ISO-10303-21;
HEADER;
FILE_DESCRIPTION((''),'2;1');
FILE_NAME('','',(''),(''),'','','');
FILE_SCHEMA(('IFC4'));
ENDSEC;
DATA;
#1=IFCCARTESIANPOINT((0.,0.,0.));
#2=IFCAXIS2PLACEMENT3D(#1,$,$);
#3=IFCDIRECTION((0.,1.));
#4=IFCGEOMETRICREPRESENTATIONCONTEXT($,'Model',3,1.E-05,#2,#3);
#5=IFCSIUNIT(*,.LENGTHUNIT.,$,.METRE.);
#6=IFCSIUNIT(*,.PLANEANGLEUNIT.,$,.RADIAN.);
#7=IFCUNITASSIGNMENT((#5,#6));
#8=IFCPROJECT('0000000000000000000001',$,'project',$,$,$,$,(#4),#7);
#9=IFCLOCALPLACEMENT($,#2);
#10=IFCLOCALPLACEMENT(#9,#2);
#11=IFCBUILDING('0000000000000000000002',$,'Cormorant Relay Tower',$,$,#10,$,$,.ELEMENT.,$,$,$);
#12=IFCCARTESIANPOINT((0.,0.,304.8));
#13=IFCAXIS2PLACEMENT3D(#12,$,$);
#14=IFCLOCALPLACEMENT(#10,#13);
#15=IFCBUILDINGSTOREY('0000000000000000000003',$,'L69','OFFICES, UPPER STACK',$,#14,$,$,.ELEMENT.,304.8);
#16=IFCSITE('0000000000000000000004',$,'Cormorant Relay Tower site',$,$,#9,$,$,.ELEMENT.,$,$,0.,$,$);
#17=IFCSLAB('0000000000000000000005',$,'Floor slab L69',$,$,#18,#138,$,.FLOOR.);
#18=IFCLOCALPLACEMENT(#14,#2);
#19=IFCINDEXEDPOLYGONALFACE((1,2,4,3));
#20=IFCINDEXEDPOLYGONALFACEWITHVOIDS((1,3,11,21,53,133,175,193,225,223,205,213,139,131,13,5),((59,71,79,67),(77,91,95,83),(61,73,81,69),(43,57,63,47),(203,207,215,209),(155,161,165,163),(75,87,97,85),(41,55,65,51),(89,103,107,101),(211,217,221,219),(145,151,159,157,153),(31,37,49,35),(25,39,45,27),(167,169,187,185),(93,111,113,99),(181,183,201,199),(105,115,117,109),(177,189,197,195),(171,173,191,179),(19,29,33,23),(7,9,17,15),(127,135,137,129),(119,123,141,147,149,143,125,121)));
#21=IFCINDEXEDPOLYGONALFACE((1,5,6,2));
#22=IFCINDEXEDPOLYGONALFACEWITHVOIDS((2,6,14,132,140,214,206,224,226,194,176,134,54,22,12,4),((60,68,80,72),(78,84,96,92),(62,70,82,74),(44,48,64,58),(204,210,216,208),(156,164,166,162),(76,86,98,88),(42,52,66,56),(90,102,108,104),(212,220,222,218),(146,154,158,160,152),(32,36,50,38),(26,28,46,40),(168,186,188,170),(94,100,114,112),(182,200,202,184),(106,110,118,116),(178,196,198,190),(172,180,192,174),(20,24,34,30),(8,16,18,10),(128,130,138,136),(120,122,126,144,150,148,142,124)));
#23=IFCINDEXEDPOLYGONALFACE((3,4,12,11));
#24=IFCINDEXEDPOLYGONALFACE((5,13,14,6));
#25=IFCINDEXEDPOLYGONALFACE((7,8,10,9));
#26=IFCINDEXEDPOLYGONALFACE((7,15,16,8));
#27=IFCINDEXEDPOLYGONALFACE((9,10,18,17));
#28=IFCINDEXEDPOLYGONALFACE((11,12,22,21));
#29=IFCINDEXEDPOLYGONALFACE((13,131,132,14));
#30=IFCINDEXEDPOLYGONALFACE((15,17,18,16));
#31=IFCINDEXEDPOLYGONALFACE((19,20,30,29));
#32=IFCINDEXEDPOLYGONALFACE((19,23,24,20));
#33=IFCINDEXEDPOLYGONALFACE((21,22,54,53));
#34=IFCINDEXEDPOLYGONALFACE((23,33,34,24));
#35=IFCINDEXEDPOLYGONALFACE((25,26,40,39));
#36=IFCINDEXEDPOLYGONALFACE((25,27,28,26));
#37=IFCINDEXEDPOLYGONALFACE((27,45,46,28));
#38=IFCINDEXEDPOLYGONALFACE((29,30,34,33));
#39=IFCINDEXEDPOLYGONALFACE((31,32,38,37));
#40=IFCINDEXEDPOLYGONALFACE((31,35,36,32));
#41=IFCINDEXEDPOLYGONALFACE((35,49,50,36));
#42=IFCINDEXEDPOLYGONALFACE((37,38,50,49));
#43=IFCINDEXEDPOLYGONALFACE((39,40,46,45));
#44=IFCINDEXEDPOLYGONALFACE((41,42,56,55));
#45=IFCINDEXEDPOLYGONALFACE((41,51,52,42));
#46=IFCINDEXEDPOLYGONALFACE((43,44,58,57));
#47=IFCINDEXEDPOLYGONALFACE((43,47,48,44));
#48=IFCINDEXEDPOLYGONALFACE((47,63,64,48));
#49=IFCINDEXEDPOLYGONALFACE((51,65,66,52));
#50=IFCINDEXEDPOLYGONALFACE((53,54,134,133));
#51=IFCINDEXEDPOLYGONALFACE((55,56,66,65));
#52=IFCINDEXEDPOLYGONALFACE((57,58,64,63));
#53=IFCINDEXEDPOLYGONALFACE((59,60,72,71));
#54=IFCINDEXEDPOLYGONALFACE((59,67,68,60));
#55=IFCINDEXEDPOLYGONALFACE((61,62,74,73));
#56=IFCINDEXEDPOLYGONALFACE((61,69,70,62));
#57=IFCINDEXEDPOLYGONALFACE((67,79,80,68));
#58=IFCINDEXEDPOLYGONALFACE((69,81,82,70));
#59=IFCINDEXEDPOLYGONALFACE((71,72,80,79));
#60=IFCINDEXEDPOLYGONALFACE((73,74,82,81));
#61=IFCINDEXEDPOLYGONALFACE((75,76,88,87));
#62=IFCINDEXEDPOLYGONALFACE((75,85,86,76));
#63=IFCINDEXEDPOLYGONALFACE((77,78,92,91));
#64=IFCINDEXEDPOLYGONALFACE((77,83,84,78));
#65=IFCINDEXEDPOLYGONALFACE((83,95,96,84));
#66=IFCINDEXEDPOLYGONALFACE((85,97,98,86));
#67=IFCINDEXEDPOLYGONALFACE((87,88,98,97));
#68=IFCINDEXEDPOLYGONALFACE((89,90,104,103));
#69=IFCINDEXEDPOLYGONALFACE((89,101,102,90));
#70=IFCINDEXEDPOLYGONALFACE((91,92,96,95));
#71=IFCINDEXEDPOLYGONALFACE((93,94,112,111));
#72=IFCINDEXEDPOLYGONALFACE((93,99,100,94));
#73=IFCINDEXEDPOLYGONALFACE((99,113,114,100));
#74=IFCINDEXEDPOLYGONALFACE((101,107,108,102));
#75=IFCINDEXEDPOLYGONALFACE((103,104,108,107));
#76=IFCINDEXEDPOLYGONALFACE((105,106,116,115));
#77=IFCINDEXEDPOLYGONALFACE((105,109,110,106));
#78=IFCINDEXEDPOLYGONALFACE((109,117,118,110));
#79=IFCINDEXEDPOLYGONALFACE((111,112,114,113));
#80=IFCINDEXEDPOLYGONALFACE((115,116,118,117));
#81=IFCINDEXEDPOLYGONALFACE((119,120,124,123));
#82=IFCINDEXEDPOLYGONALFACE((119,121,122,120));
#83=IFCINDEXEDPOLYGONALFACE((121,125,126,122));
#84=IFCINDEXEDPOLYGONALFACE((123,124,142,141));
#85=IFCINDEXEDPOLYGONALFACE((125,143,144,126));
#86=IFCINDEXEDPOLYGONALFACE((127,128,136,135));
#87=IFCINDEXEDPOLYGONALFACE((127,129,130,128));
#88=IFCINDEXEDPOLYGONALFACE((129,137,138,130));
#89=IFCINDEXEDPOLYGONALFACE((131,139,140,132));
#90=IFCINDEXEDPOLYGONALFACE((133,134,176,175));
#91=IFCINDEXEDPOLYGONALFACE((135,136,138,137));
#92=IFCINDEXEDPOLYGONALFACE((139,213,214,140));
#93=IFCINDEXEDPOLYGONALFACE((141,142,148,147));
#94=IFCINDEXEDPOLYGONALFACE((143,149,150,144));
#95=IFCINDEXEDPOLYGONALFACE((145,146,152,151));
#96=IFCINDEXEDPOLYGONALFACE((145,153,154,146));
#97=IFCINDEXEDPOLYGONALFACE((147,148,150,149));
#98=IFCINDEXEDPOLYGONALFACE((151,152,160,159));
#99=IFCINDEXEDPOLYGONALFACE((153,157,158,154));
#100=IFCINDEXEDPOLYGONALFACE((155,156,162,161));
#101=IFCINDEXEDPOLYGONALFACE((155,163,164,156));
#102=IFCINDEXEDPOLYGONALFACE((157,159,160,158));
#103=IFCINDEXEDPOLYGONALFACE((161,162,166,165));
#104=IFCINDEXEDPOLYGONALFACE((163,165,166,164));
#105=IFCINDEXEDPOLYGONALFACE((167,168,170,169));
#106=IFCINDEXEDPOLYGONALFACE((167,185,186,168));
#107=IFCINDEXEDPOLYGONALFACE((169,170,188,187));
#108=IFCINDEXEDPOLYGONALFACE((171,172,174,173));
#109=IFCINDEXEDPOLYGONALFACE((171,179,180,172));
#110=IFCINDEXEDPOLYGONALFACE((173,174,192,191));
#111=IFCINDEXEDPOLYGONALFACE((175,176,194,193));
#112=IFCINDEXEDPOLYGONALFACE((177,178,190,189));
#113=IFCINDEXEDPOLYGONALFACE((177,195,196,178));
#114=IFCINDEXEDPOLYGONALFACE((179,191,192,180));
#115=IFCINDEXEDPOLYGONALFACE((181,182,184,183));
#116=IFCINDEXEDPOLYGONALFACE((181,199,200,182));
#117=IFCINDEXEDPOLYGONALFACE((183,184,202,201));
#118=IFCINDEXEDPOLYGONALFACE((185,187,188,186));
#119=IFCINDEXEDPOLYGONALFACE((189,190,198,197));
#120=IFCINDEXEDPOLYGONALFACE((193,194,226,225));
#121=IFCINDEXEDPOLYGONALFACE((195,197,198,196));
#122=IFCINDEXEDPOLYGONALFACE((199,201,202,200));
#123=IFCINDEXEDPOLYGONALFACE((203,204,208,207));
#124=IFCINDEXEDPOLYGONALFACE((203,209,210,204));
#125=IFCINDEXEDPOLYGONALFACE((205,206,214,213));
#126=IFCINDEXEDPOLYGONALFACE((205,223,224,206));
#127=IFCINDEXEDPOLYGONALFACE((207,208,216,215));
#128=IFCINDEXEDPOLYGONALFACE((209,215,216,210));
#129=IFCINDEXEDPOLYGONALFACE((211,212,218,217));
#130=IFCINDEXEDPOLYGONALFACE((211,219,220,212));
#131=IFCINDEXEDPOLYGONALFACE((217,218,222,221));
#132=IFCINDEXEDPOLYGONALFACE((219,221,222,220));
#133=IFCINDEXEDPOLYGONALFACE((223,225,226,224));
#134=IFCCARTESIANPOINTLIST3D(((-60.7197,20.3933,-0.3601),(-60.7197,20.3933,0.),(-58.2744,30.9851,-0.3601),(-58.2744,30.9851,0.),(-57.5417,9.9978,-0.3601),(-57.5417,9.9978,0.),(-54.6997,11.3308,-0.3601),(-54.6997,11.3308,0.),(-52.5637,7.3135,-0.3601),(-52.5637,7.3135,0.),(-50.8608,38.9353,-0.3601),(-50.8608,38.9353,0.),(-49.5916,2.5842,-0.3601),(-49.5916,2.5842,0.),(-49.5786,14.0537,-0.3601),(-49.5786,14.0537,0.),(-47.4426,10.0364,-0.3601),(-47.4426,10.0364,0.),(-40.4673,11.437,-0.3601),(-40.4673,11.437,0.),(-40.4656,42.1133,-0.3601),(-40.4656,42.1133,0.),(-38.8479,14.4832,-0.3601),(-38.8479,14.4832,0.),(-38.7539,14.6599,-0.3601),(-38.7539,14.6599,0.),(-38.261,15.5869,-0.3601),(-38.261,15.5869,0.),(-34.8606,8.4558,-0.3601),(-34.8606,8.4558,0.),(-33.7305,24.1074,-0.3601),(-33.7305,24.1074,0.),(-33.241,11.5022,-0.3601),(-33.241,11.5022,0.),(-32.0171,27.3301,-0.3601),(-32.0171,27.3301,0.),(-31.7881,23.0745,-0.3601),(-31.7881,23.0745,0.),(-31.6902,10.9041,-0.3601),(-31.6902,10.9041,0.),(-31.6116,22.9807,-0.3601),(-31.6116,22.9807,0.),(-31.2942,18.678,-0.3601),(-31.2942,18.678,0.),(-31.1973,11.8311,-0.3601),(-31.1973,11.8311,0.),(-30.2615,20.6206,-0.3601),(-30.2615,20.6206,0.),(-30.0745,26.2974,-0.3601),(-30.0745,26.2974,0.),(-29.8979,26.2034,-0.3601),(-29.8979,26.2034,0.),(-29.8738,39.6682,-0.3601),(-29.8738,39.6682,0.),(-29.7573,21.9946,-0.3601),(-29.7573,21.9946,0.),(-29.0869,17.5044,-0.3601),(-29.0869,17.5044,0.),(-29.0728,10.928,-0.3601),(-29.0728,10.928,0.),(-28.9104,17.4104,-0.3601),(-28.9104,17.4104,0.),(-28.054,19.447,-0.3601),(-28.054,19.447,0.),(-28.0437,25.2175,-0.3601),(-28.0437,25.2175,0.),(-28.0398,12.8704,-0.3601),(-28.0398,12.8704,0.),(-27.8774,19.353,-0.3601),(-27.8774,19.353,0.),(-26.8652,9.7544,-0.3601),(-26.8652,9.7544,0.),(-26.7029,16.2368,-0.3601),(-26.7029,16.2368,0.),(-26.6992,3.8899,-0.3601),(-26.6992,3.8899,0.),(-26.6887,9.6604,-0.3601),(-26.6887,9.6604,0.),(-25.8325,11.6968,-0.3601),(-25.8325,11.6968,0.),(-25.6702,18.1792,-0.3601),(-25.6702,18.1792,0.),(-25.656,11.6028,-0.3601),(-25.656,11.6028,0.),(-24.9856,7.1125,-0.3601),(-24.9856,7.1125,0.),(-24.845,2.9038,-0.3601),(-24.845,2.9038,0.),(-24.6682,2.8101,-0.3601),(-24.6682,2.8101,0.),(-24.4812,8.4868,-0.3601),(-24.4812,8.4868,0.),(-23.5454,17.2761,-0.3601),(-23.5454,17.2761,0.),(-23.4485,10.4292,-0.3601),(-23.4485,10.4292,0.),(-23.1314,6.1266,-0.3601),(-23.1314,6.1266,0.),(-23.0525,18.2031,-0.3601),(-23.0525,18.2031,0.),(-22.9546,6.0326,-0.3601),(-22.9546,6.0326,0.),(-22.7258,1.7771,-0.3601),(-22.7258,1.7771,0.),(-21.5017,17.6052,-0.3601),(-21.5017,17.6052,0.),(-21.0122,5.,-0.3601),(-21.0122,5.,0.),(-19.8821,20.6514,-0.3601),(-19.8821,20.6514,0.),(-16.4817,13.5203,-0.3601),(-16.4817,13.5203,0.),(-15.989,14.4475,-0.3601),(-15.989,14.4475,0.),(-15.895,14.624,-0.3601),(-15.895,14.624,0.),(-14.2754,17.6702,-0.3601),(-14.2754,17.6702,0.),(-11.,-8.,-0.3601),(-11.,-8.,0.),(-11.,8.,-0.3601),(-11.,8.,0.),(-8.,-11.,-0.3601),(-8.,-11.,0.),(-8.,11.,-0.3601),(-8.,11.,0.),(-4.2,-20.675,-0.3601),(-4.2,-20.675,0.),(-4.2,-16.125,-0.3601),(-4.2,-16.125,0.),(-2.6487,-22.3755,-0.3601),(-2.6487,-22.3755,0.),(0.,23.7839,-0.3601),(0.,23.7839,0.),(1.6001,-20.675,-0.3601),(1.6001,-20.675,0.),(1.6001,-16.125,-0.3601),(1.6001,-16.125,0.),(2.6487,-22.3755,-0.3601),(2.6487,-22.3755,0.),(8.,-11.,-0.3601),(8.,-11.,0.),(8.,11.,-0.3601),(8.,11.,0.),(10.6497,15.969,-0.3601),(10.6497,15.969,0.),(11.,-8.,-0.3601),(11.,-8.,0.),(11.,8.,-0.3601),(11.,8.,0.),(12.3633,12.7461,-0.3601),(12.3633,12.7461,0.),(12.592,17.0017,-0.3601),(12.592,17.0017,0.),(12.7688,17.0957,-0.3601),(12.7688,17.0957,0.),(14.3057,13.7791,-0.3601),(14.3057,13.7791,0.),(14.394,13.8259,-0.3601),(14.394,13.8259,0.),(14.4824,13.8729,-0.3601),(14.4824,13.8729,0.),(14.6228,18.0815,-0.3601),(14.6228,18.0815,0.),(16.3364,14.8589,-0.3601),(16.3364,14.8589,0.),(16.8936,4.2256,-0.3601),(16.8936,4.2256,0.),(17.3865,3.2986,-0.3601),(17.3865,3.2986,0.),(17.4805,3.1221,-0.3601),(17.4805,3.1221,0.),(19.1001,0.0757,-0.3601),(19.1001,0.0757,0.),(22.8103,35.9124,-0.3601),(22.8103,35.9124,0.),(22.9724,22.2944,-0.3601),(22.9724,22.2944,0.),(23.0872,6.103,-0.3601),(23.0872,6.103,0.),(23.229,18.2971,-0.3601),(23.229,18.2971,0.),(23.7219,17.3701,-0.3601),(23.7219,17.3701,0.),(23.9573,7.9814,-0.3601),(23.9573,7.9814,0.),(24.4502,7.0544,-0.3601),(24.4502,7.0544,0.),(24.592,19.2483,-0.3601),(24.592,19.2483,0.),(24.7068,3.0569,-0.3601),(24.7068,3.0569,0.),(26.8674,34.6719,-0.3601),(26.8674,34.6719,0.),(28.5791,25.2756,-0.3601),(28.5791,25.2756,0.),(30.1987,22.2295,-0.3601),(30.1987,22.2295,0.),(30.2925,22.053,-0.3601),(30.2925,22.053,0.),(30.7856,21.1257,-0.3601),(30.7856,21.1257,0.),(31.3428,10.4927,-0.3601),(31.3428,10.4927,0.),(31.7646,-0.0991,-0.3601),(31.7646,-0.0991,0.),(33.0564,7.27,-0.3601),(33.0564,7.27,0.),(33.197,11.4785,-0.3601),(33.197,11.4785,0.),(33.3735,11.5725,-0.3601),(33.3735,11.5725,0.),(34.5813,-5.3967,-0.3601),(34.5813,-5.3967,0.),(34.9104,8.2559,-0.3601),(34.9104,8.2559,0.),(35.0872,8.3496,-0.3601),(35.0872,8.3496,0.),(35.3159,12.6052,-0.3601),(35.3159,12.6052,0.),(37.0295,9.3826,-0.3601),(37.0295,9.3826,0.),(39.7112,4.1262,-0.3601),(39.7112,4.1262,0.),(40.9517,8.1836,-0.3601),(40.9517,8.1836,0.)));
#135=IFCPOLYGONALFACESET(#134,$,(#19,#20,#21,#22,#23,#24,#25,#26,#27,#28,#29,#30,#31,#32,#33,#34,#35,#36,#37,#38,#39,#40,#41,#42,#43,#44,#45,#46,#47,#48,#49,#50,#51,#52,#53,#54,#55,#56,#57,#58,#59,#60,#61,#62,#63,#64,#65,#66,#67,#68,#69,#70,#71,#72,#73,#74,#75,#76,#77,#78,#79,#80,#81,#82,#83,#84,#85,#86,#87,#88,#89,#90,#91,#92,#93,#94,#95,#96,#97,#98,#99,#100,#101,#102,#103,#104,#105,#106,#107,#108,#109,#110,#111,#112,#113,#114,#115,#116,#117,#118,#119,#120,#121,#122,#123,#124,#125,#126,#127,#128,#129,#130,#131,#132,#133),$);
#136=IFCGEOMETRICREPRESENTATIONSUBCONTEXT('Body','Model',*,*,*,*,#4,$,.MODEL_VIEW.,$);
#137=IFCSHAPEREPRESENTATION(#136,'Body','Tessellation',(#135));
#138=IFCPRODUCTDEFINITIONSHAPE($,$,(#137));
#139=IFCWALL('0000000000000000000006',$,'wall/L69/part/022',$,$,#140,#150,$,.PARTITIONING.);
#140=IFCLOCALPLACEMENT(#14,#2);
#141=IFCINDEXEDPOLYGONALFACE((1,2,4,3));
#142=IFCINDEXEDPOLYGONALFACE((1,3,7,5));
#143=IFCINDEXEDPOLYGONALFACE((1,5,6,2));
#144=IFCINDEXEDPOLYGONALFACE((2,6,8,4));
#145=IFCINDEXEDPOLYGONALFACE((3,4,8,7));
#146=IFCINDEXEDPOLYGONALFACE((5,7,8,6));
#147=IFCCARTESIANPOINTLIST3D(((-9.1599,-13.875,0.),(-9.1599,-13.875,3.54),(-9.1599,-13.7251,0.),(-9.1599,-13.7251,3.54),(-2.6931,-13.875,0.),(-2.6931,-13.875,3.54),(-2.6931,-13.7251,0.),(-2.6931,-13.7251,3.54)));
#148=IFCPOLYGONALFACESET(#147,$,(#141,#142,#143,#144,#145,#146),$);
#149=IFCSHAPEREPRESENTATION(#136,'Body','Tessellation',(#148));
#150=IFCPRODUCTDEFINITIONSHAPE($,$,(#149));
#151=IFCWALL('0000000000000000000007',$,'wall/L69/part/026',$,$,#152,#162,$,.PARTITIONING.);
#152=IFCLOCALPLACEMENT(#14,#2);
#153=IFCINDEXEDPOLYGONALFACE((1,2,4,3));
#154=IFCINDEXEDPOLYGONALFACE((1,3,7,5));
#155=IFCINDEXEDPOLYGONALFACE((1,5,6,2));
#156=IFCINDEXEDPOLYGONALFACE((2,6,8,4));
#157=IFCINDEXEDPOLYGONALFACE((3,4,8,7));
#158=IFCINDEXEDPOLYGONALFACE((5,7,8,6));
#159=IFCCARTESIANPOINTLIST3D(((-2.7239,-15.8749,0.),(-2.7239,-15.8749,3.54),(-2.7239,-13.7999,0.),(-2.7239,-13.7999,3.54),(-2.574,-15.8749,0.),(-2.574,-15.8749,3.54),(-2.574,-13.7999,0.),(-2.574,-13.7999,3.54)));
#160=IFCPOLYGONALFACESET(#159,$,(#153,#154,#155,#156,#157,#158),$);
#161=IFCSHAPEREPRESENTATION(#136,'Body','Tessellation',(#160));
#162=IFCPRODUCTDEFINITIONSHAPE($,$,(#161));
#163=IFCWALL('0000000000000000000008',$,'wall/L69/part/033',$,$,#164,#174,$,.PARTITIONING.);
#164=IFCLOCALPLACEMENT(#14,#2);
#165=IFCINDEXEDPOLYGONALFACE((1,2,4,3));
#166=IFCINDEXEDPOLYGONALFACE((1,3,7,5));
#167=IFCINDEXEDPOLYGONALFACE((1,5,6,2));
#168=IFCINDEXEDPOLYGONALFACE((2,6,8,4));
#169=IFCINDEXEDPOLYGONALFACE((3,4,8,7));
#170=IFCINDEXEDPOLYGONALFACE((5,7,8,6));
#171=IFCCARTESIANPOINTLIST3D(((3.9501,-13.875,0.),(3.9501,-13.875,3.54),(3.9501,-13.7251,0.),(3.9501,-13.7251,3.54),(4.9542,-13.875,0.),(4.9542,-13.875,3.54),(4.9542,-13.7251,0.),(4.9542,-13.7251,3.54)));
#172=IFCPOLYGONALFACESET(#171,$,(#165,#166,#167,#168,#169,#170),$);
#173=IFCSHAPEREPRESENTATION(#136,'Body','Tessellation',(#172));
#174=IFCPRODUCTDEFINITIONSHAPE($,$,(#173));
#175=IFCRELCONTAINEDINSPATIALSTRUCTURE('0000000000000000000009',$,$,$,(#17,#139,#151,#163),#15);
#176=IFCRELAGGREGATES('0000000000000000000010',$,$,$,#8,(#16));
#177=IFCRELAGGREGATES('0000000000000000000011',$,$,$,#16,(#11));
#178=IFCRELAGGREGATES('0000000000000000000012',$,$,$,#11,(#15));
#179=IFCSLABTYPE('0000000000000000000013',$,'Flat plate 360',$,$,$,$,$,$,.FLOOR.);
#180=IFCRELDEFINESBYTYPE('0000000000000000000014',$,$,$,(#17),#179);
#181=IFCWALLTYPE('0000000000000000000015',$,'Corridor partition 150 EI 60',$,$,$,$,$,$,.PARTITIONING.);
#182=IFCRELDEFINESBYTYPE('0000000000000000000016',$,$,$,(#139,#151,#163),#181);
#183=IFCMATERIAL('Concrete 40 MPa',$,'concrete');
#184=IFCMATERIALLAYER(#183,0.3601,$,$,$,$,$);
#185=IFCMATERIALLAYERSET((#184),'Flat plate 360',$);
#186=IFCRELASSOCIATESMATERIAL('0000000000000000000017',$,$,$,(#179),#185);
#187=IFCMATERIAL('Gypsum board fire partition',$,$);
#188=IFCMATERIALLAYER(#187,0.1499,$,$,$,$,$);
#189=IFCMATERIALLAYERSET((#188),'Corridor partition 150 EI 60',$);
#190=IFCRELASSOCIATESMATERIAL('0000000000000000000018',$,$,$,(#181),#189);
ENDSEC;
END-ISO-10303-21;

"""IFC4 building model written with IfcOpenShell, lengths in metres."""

from ifc_helpers import new_model, si_unit, direction, frame, frame_2d, origin, place, context, subcontext, project, spatial, polyline, rectangle, outline, extrude, material, layer, layer_set, type_object, element, save


model = new_model("IFC4")

# Units and contexts
model_context = context("Model", 3, precision=1e-05, world=origin(), true_north=direction((0.0, 1.0)))
body_context = subcontext(model_context, "Body", "Model", "MODEL_VIEW")
ifc_project = project(units=[si_unit("LENGTHUNIT", "METRE"), si_unit("PLANEANGLEUNIT", "RADIAN")], contexts=[model_context])

# Site, building, storey
site_placement = place(None, origin())
site = spatial("IfcSite", under=ifc_project, at=site_placement, Name="Cormorant Relay Tower site", CompositionType="ELEMENT", RefElevation=0.0)
building_placement = place(site_placement, origin())
building = spatial("IfcBuilding", under=site, at=building_placement, Name="Cormorant Relay Tower", CompositionType="ELEMENT")
storey_placement = place(building_placement, frame((0.0, 0.0, 304.8)))
storey = spatial("IfcBuildingStorey", under=building, at=storey_placement, Name="L69", Description="OFFICES, UPPER STACK", CompositionType="ELEMENT", Elevation=304.8)

# Slab
ifc_material_1 = material(Name="Concrete 40 MPa", Category="concrete")
ifc_layer_1 = layer(ifc_material_1, 0.3601)
ifc_layer_set_1 = layer_set([ifc_layer_1], Name="Flat plate 360")
slab_type_1 = type_object("IfcSlabType", Name="Flat plate 360", PredefinedType="FLOOR", material=ifc_layer_set_1)
slab_1_placement = place(storey_placement, frame((0.0, 0.0, -0.3601)))
element("IfcSlab", 1, at=slab_1_placement, inside=storey, type_object=slab_type_1, Name="Floor slab L69", PredefinedType="FLOOR", context=body_context, shape_type="SweptSolid", body=[
    extrude(outline(polyline([(-60.7197, 20.3933), (-58.2744, 30.9851), (-50.8608, 38.9353), (-40.4656, 42.1133), (-29.8738, 39.6682), (0.0, 23.7839), (22.8103, 35.9124), (26.8674, 34.6719), (40.9517, 8.1836), (39.7112, 4.1262), (31.7646, -0.0991), (34.5813, -5.3967), (2.6487, -22.3755), (-2.6487, -22.3755), (-49.5916, 2.5842), (-57.5417, 9.9978), (-60.7197, 20.3933)]), holes=[polyline([(11.0, -8.0), (11.0, 8.0), (8.0, 11.0), (-8.0, 11.0), (-11.0, 8.0), (-11.0, -8.0), (-8.0, -11.0), (8.0, -11.0), (11.0, -8.0)]), polyline([(-22.9546, 6.0327), (-24.6682, 2.8101), (-22.7258, 1.7771), (-21.0122, 5.0), (-23.043, 6.0796), (-22.9546, 6.0327)]), polyline([(-24.9856, 7.1125), (-26.6992, 3.8899), (-24.845, 2.9038), (-23.1313, 6.1267), (-23.043, 6.0796), (-24.9856, 7.1125)]), polyline([(-24.4812, 8.4868), (-23.4485, 10.4292), (-25.656, 11.6028), (-26.6887, 9.6604), (-24.4812, 8.4868)]), polyline([(-49.5786, 14.0537), (-54.6997, 11.3308), (-52.5637, 7.3135), (-47.4426, 10.0364), (-49.5786, 14.0537)]), polyline([(-25.8325, 11.6968), (-28.0398, 12.8704), (-29.0728, 10.928), (-26.8652, 9.7544), (-25.8325, 11.6968)]), polyline([(-38.8479, 14.4832), (-40.4673, 11.437), (-34.8606, 8.4558), (-33.241, 11.5022), (-38.8479, 14.4832)]), polyline([(-38.261, 15.5869), (-38.7539, 14.6599), (-31.6902, 10.9041), (-31.1973, 11.8311), (-38.261, 15.5869)]), polyline([(-26.7029, 16.2368), (-25.6702, 18.1792), (-27.8774, 19.353), (-28.9104, 17.4104), (-26.7029, 16.2368)]), polyline([(-31.2942, 18.678), (-29.0869, 17.5044), (-28.054, 19.447), (-30.2615, 20.6206), (-31.2942, 18.678)]), polyline([(-31.6116, 22.9807), (-29.7573, 21.9946), (-28.0437, 25.2175), (-29.8979, 26.2034), (-31.6116, 22.9807)]), polyline([(-32.0171, 27.3301), (-33.7305, 24.1074), (-31.7881, 23.0745), (-30.0745, 26.2974), (-32.0171, 27.3301)]), polyline([(-4.2, -16.125), (-4.2, -20.675), (1.6001, -20.675), (1.6001, -16.125), (-4.2, -16.125)]), polyline([(17.4805, 3.1221), (19.1001, 0.0757), (24.7068, 3.0569), (23.0872, 6.103), (17.4805, 3.1221)]), polyline([(17.3865, 3.2986), (24.4502, 7.0544), (23.9573, 7.9814), (16.8936, 4.2256), (17.3865, 3.2986)]), polyline([(33.197, 11.4785), (31.3428, 10.4927), (33.0564, 7.27), (34.9104, 8.2559), (33.197, 11.4785)]), polyline([(33.3735, 11.5725), (35.0872, 8.3496), (37.0295, 9.3826), (35.3159, 12.6052), (33.3735, 11.5725)]), polyline([(14.3057, 13.7791), (12.592, 17.0017), (10.6497, 15.969), (12.3633, 12.7461), (14.394, 13.8259), (14.3057, 13.7791)]), polyline([(16.3364, 14.8589), (14.6228, 18.0815), (12.7688, 17.0957), (14.4824, 13.8728), (14.394, 13.8259), (16.3364, 14.8589)]), polyline([(-16.4817, 13.5203), (-15.989, 14.4475), (-23.0525, 18.2031), (-23.5454, 17.2761), (-16.4817, 13.5203)]), polyline([(-15.895, 14.624), (-14.2754, 17.6702), (-19.8821, 20.6514), (-21.5017, 17.6052), (-15.895, 14.624)]), polyline([(30.7856, 21.1257), (30.2925, 22.053), (23.229, 18.2971), (23.7219, 17.3701), (30.7856, 21.1257)]), polyline([(24.592, 19.2483), (30.1987, 22.2295), (28.5791, 25.2756), (22.9724, 22.2944), (24.592, 19.2483)])]), origin(), (0.0, 0.0, 1.0), 0.3601),
])

# Walls
ifc_material_2 = material(Name="Gypsum board fire partition")
ifc_layer_2 = layer(ifc_material_2, 0.1499)
ifc_layer_set_2 = layer_set([ifc_layer_2], Name="Corridor partition 150 EI 60")
wall_type_1 = type_object("IfcWallType", Name="Corridor partition 150 EI 60", PredefinedType="PARTITIONING", material=ifc_layer_set_2)
wall_1_placement = place(storey_placement, frame((-2.6931, -13.8, 0.0), z_axis=(0.0, 0.0, 1.0), x_axis=(-1.0, 0.0, 0.0)))
element("IfcWall", 2, at=wall_1_placement, inside=storey, type_object=wall_type_1, Name="wall/L69/part/022", PredefinedType="PARTITIONING", context=body_context, shape_type="SweptSolid", body=[
    extrude(rectangle(XDim=6.4668, YDim=0.1499, at=frame_2d((3.2334, 0.0))), origin(), (0.0, 0.0, 1.0), 3.54),
])
wall_2_placement = place(storey_placement, frame((-2.6489, -15.875, 0.0), z_axis=(0.0, 0.0, 1.0), x_axis=(0.0, 1.0, 0.0)))
element("IfcWall", 3, at=wall_2_placement, inside=storey, type_object=wall_type_1, Name="wall/L69/part/026", PredefinedType="PARTITIONING", context=body_context, shape_type="SweptSolid", body=[
    extrude(rectangle(XDim=2.075, YDim=0.1499, at=frame_2d((1.0376, 0.0))), origin(), (0.0, 0.0, 1.0), 3.54),
])
wall_3_placement = place(storey_placement, frame((4.9541, -13.8, 0.0), z_axis=(0.0, 0.0, 1.0), x_axis=(-1.0, 0.0, 0.0)))
element("IfcWall", 4, at=wall_3_placement, inside=storey, type_object=wall_type_1, Name="wall/L69/part/033", PredefinedType="PARTITIONING", context=body_context, shape_type="SweptSolid", body=[
    extrude(rectangle(XDim=1.0042, YDim=0.1499, at=frame_2d((0.502, 0.0))), origin(), (0.0, 0.0, 1.0), 3.54),
])

save(model, "model.ifc")
